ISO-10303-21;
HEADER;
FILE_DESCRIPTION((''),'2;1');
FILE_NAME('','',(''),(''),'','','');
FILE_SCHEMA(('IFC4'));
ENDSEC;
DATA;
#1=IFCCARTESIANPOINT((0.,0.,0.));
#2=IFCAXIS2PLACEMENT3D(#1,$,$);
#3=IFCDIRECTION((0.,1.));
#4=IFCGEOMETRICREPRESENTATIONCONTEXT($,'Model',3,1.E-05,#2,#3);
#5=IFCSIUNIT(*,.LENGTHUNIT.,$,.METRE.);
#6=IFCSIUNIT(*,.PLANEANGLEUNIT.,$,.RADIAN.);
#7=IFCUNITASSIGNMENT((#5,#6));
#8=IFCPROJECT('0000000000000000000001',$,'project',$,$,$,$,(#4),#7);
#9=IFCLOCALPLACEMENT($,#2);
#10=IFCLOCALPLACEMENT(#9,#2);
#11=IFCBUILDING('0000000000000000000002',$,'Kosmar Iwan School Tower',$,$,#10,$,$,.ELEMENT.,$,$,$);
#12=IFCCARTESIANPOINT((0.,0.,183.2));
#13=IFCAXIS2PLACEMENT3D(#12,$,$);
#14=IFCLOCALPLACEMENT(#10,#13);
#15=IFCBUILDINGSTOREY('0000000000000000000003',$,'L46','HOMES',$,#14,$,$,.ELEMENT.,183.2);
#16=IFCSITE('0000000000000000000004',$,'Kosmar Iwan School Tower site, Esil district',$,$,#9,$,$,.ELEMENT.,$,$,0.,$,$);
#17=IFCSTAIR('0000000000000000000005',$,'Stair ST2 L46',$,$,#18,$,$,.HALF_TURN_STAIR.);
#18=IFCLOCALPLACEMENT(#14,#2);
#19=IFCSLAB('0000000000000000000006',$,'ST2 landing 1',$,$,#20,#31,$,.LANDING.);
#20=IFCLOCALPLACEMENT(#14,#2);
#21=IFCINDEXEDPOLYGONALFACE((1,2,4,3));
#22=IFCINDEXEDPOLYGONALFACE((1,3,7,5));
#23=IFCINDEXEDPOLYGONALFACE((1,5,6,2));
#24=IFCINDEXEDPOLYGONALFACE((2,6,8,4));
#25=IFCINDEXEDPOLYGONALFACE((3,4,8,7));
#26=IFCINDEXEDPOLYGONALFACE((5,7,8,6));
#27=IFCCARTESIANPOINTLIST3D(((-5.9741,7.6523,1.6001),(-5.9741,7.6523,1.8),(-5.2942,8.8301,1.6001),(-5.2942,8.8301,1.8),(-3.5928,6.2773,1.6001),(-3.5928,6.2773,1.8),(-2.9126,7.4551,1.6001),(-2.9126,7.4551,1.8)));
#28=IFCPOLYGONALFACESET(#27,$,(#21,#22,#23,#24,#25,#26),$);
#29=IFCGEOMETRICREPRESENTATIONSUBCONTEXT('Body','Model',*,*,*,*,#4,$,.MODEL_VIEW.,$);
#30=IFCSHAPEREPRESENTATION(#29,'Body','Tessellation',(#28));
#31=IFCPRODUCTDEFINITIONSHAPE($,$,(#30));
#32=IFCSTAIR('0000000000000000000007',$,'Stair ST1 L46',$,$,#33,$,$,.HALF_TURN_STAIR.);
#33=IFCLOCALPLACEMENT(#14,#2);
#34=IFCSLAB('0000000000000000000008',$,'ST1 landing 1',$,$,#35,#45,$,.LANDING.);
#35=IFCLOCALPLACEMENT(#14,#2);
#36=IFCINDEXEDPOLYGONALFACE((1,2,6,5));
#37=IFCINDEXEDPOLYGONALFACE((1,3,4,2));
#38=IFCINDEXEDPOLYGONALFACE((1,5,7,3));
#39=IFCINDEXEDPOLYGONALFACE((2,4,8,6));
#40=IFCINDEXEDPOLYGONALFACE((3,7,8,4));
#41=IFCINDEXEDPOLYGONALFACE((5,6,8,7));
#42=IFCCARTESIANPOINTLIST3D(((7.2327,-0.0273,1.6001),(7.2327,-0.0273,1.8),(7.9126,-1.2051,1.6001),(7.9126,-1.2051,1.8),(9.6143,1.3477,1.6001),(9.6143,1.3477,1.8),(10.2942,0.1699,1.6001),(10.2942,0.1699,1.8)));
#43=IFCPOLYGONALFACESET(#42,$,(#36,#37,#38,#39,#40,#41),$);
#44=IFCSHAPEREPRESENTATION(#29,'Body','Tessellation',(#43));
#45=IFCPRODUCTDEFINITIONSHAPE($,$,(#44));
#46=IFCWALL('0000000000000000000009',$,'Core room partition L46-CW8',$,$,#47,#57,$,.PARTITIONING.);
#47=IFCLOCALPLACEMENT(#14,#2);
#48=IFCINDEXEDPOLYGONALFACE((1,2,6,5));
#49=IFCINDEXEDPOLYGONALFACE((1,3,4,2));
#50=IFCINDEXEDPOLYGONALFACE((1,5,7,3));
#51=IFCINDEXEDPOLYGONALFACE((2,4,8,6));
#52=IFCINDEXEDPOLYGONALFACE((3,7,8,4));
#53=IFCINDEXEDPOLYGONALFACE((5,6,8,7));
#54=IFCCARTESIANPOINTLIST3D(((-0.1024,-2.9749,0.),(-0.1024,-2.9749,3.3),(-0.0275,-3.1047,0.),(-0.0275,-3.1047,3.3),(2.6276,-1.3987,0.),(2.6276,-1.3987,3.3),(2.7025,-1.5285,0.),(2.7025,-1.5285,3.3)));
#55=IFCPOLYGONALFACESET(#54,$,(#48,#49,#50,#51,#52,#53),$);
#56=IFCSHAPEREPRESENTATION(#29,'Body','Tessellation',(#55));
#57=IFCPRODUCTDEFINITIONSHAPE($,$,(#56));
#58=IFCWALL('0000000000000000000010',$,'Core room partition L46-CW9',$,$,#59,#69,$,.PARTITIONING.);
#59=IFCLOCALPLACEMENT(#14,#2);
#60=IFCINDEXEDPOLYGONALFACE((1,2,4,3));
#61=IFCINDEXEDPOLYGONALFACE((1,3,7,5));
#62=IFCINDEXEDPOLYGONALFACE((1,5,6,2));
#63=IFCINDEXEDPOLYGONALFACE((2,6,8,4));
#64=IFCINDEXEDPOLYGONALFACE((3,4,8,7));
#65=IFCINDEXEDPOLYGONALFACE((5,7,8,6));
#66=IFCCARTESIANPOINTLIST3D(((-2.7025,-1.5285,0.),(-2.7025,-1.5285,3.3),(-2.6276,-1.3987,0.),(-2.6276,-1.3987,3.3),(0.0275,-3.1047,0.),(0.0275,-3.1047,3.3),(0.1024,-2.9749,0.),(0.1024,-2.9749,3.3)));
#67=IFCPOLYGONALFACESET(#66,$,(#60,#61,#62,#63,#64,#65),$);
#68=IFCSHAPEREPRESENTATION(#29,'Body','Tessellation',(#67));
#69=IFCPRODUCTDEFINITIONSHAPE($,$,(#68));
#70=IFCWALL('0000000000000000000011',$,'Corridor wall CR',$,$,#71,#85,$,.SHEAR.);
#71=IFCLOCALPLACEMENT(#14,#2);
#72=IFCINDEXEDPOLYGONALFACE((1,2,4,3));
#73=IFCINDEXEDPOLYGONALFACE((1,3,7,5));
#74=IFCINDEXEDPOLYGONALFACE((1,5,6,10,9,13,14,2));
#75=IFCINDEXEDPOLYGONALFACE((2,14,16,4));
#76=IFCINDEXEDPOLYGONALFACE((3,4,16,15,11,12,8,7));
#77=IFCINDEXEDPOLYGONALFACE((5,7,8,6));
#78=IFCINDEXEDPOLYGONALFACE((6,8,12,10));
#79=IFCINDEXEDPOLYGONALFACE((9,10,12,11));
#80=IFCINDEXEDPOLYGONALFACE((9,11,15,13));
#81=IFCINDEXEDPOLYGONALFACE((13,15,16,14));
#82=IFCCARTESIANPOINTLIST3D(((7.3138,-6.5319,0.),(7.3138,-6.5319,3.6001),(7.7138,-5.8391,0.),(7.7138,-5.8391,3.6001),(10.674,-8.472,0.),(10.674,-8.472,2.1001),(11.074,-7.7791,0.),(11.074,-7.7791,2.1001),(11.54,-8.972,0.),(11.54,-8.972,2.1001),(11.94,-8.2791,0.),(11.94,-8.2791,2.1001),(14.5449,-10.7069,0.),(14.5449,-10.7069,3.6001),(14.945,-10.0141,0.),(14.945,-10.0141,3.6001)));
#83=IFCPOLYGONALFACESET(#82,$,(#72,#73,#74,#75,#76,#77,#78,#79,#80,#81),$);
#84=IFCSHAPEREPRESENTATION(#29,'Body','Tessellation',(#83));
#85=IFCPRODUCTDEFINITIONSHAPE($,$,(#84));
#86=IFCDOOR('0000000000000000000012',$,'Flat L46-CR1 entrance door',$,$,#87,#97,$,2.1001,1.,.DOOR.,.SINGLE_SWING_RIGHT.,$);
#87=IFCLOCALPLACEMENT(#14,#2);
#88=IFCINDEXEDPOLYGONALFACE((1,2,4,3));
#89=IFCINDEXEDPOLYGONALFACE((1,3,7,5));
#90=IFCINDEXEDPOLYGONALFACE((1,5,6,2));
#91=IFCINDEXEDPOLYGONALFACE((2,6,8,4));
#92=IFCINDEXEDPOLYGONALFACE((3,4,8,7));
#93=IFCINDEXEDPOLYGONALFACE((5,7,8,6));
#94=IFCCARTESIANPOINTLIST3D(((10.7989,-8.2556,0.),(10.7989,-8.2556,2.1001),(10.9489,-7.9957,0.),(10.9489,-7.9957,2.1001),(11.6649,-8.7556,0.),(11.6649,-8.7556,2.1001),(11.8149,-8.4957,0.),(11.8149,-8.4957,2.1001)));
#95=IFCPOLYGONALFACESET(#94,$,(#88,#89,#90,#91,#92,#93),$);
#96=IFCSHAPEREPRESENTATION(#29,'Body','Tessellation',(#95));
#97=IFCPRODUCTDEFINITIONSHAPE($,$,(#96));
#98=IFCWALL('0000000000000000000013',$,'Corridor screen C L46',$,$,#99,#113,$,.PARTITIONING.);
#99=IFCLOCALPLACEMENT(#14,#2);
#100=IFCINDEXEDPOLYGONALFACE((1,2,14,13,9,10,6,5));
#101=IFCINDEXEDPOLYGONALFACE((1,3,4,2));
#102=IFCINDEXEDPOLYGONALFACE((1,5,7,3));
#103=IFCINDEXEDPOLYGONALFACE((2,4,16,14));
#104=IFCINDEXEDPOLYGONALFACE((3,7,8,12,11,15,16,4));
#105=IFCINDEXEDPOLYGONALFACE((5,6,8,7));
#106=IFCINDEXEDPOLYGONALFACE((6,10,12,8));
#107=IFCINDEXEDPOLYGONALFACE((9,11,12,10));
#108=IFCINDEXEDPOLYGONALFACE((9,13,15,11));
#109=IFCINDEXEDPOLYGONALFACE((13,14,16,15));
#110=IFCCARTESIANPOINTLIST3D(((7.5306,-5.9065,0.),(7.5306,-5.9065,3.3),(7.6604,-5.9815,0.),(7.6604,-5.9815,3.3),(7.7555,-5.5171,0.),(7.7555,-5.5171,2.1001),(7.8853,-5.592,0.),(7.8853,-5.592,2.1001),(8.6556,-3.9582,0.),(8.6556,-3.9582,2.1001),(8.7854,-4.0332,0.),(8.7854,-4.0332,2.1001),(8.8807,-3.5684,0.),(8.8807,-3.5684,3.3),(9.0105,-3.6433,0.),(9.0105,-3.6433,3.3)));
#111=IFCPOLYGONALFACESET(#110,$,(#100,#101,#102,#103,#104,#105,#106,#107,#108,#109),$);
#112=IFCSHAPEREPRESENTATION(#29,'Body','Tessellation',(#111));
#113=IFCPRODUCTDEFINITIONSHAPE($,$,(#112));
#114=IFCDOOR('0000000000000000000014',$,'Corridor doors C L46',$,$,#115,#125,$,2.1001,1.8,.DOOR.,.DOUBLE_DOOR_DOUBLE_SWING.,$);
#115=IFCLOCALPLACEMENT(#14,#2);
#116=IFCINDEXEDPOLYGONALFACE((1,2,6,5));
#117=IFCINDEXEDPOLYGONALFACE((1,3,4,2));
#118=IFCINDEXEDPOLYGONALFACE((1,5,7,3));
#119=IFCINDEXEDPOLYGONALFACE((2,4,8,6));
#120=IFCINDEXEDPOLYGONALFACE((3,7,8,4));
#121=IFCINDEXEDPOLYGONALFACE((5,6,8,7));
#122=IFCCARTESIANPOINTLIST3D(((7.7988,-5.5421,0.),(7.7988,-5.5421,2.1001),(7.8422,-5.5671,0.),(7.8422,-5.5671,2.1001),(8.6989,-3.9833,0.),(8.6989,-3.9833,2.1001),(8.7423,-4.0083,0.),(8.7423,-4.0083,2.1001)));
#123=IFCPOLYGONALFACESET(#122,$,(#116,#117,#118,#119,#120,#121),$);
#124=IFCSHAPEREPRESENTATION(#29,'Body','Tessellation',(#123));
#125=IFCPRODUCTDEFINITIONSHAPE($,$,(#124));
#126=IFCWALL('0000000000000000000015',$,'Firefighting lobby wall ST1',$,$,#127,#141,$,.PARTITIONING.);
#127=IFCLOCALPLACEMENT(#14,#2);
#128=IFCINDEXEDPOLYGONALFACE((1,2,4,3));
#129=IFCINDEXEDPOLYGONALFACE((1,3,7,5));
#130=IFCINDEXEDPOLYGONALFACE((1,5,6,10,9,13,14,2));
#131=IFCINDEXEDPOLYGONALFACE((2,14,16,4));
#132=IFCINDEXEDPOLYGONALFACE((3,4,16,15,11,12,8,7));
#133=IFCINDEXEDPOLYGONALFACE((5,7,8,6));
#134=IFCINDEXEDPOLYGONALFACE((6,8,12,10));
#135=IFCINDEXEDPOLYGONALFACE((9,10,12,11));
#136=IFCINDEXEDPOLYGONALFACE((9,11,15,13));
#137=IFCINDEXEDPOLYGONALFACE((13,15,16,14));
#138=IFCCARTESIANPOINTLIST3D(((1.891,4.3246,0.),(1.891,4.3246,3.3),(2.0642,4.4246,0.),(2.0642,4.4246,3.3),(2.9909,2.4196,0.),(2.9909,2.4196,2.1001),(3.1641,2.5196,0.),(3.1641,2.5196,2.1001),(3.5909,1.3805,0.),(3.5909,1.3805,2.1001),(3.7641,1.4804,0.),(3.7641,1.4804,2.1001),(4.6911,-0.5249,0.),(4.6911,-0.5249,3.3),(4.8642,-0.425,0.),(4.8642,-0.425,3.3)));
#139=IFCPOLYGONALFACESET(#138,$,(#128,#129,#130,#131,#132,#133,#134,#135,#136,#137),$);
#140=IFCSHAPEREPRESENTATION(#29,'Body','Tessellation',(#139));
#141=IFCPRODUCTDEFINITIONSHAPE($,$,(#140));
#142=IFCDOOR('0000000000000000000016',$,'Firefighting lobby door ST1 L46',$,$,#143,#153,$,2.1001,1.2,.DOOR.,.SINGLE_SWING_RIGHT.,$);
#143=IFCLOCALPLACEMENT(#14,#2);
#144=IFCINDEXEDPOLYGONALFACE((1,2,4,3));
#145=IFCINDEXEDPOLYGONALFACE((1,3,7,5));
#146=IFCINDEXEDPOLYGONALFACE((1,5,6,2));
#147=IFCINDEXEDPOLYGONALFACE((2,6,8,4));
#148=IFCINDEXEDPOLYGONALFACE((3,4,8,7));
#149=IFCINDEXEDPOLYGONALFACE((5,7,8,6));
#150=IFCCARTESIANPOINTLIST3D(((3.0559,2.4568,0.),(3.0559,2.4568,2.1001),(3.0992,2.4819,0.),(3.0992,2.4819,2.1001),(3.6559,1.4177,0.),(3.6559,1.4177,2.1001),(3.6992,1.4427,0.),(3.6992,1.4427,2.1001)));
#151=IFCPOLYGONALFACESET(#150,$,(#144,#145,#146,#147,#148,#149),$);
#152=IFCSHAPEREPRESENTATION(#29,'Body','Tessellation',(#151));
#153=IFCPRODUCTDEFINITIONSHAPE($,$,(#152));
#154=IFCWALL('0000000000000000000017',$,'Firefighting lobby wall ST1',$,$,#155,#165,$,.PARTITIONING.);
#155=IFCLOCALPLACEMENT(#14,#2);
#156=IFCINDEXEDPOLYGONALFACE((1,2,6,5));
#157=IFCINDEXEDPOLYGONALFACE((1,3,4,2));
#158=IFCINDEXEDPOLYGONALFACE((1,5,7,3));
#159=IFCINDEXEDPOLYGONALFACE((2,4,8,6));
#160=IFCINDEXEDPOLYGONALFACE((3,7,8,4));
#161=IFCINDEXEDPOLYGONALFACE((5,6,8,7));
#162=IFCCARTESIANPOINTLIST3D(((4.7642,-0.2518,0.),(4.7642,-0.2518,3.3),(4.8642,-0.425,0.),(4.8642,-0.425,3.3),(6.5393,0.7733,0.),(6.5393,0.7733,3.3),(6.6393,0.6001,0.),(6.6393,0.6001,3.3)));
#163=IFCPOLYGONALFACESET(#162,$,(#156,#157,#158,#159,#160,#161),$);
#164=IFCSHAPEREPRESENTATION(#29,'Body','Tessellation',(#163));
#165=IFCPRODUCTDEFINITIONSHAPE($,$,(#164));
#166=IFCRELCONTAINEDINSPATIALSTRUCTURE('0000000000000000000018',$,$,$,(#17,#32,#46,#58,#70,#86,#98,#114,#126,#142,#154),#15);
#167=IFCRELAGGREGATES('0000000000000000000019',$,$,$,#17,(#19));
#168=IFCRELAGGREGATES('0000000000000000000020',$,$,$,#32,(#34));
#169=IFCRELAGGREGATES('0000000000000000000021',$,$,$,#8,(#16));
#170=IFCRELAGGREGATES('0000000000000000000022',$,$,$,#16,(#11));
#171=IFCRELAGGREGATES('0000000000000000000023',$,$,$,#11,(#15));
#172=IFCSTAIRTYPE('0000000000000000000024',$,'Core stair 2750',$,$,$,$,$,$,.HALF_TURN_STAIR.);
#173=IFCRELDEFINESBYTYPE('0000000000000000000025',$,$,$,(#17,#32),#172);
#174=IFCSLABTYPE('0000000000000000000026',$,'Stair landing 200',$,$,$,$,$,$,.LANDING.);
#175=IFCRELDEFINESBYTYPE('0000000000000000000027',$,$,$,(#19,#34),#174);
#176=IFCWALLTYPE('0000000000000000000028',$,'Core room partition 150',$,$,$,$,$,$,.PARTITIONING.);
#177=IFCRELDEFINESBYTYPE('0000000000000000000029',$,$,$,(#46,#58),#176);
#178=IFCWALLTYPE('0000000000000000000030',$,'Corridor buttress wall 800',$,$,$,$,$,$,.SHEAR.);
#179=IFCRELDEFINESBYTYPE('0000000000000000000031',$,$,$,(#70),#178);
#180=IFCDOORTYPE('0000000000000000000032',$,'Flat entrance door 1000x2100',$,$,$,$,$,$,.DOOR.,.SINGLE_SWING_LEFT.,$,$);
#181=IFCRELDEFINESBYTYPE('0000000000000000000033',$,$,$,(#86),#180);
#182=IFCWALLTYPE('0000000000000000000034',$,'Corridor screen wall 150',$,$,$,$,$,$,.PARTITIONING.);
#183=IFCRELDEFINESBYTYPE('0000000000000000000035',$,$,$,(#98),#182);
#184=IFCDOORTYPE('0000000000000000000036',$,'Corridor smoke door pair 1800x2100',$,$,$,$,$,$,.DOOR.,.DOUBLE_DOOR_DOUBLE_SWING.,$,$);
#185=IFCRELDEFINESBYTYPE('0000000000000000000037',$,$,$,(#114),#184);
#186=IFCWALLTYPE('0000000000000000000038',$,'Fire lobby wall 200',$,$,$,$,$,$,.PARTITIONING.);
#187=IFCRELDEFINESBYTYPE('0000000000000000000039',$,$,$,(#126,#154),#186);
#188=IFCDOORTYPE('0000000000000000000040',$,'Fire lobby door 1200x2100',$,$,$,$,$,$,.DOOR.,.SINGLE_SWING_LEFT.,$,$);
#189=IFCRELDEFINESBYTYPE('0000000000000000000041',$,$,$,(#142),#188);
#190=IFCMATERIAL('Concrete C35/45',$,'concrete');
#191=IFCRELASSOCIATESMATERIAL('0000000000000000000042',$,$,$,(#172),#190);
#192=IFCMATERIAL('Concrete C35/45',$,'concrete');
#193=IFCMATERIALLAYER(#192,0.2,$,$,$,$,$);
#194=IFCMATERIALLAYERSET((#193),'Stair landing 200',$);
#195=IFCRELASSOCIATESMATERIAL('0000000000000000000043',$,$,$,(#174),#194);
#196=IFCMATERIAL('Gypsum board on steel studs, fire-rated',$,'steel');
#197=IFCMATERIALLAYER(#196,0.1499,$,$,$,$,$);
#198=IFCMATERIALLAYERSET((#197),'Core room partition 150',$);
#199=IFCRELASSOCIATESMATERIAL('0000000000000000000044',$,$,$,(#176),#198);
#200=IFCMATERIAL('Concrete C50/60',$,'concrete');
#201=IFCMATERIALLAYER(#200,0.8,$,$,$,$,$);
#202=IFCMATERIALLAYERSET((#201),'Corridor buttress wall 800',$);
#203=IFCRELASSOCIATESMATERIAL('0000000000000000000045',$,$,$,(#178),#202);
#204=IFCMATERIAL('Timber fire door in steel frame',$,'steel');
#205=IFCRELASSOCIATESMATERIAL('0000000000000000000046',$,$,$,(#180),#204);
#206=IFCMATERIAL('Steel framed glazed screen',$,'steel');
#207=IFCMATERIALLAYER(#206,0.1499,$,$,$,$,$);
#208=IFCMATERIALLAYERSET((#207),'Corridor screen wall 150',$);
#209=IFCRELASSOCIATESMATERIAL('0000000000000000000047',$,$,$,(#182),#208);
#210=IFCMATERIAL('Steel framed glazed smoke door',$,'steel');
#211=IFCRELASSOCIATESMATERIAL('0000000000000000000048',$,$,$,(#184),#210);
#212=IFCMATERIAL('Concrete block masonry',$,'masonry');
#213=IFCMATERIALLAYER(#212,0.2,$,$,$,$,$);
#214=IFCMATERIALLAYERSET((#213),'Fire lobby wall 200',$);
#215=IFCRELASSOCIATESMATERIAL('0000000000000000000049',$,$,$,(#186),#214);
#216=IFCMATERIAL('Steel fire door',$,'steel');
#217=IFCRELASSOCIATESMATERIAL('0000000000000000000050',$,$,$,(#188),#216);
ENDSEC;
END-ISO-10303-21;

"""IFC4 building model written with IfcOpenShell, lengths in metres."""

from ifc_helpers import new_model, si_unit, direction, frame, frame_2d, origin, place, context, subcontext, project, spatial, polyline, rectangle, outline, extrude, material, layer, layer_set, type_object, element, fill, aggregate, save


model = new_model("IFC4")

# Units and contexts
model_context = context("Model", 3, precision=1e-05, world=origin(), true_north=direction((0.0, 1.0)))
body_context = subcontext(model_context, "Body", "Model", "MODEL_VIEW")
ifc_project = project(units=[si_unit("LENGTHUNIT", "METRE"), si_unit("PLANEANGLEUNIT", "RADIAN")], contexts=[model_context])

# Site, building, storey
site_placement = place(None, origin())
site = spatial("IfcSite", under=ifc_project, at=site_placement, Name="Kosmar Iwan School Tower site, Esil district", CompositionType="ELEMENT", RefElevation=0.0)
building_placement = place(site_placement, origin())
building = spatial("IfcBuilding", under=site, at=building_placement, Name="Kosmar Iwan School Tower", CompositionType="ELEMENT")
storey_placement = place(building_placement, frame((0.0, 0.0, 183.2)))
storey = spatial("IfcBuildingStorey", under=building, at=storey_placement, Name="L46", Description="HOMES", CompositionType="ELEMENT", Elevation=183.2)

# Stairs, slabs
ifc_material_1 = material(Name="Concrete C35/45", Category="concrete")
stair_type = type_object("IfcStairType", Name="Core stair 2750", PredefinedType="HALF_TURN_STAIR", material=ifc_material_1)
stair_1_placement = place(storey_placement, origin())
stair_1 = element("IfcStair", 1, at=stair_1_placement, inside=storey, type_object=stair_type, Name="Stair ST2 L46", PredefinedType="HALF_TURN_STAIR")
ifc_material_2 = material(Name="Concrete C35/45", Category="concrete")
ifc_layer_1 = layer(ifc_material_2, 0.2)
ifc_layer_set_1 = layer_set([ifc_layer_1], Name="Stair landing 200")
slab_type = type_object("IfcSlabType", Name="Stair landing 200", PredefinedType="LANDING", material=ifc_layer_set_1)
slab_1_placement = place(storey_placement, frame((0.0, 0.0, 1.6001)))
slab_1 = element("IfcSlab", 2, at=slab_1_placement, type_object=slab_type, Name="ST2 landing 1", PredefinedType="LANDING", context=body_context, shape_type="SweptSolid", body=[
    extrude(outline(polyline([(-2.9126, 7.4551), (-5.2942, 8.8301), (-5.9741, 7.6523), (-3.5928, 6.2773), (-2.9126, 7.4551)])), origin(), (0.0, 0.0, 1.0), 0.2),
])
aggregate(stair_1, [slab_1])
stair_2_placement = place(storey_placement, origin())
stair_2 = element("IfcStair", 3, at=stair_2_placement, inside=storey, type_object=stair_type, Name="Stair ST1 L46", PredefinedType="HALF_TURN_STAIR")
slab_2_placement = place(storey_placement, frame((0.0, 0.0, 1.6001)))
slab_2 = element("IfcSlab", 4, at=slab_2_placement, type_object=slab_type, Name="ST1 landing 1", PredefinedType="LANDING", context=body_context, shape_type="SweptSolid", body=[
    extrude(outline(polyline([(7.9126, -1.2051), (10.2942, 0.1699), (9.6143, 1.3477), (7.2327, -0.0273), (7.9126, -1.2051)])), origin(), (0.0, 0.0, 1.0), 0.2),
])
aggregate(stair_2, [slab_2])

# Walls
ifc_material_3 = material(Name="Gypsum board on steel studs, fire-rated", Category="steel")
ifc_layer_2 = layer(ifc_material_3, 0.1499)
ifc_layer_set_2 = layer_set([ifc_layer_2], Name="Core room partition 150")
wall_type_1 = type_object("IfcWallType", Name="Core room partition 150", PredefinedType="PARTITIONING", material=ifc_layer_set_2)
for number, where, z_axis, x_axis, name in (
    (5, (2.665, -1.4636, 0.0), (0.0, 0.0, 1.0), (-0.866023, -0.500004, 0.0), "Core room partition L46-CW8"),
    (6, (0.0649, -3.0398, 0.0), (0.0, 0.0, 1.0), (-0.866023, 0.500004, 0.0), "Core room partition L46-CW9"),
):
    element("IfcWall", number, at=place(storey_placement, frame(where, z_axis=z_axis, x_axis=x_axis)), inside=storey, type_object=wall_type_1, Name=name, PredefinedType="PARTITIONING", context=body_context, shape_type="SweptSolid", body=[
        extrude(rectangle(XDim=3.1523, YDim=0.1499, at=frame_2d((1.5762, 0.0))), origin(), (0.0, 0.0, 1.0), 3.3),
    ])

# Walls, openings, doors
ifc_material_4 = material(Name="Concrete C50/60", Category="concrete")
ifc_layer_3 = layer(ifc_material_4, 0.8)
ifc_layer_set_3 = layer_set([ifc_layer_3], Name="Corridor buttress wall 800")
wall_type_2 = type_object("IfcWallType", Name="Corridor buttress wall 800", PredefinedType="SHEAR", material=ifc_layer_set_3)
wall_1_placement = place(storey_placement, frame((7.5139, -6.1855, 0.0), z_axis=(0.0, 0.0, 1.0), x_axis=(0.86602, -0.50001, 0.0)))
wall_1 = element("IfcWall", 7, at=wall_1_placement, inside=storey, type_object=wall_type_2, Name="Corridor wall CR", PredefinedType="SHEAR", context=body_context, shape_type="SweptSolid", body=[
    extrude(rectangle(XDim=8.3499, YDim=0.8, at=frame_2d((4.1748, 0.0))), origin(), (0.0, 0.0, 1.0), 3.6001),
])
opening_1_placement = place(wall_1_placement, frame((3.8799, 0.0, 0.0)))
opening_1 = element("IfcOpeningElement", 8, at=opening_1_placement, cuts=wall_1, PredefinedType="OPENING", context=body_context, shape_type="SweptSolid", body=[
    extrude(rectangle(XDim=1.0, YDim=2.1001, at=frame_2d((0.5, 1.05))), frame((0.0, 0.4121, 0.0), z_axis=(0.0, -1.0, 0.0), x_axis=(1.0, 0.0, 0.0)), (0.0, 0.0, 1.0), 0.824),
])
ifc_material_5 = material(Name="Timber fire door in steel frame", Category="steel")
door_type_1 = type_object("IfcDoorType", Name="Flat entrance door 1000x2100", OperationType="SINGLE_SWING_LEFT", PredefinedType="DOOR", material=ifc_material_5)
door_1_placement = place(opening_1_placement, origin())
door_1 = element("IfcDoor", 9, at=door_1_placement, inside=storey, type_object=door_type_1, Name="Flat L46-CR1 entrance door", OperationType="SINGLE_SWING_RIGHT", OverallHeight=2.1001, OverallWidth=1.0, PredefinedType="DOOR", context=body_context, shape_type="SweptSolid", body=[
    extrude(rectangle(XDim=1.0, YDim=2.1001, at=frame_2d((0.5, 1.05))), frame((0.0, 0.1499, 0.0), z_axis=(0.0, -1.0, 0.0), x_axis=(1.0, 0.0, 0.0)), (0.0, 0.0, 1.0), 0.3),
])
fill(opening_1, door_1)
ifc_material_6 = material(Name="Steel framed glazed screen", Category="steel")
ifc_layer_4 = layer(ifc_material_6, 0.1499)
ifc_layer_set_4 = layer_set([ifc_layer_4], Name="Corridor screen wall 150")
wall_type_3 = type_object("IfcWallType", Name="Corridor screen wall 150", PredefinedType="PARTITIONING", material=ifc_layer_set_4)
wall_2_placement = place(storey_placement, frame((7.5955, -5.9441, 0.0), z_axis=(0.0, 0.0, 1.0), x_axis=(0.500049, 0.865997, 0.0)))
wall_2 = element("IfcWall", 10, at=wall_2_placement, inside=storey, type_object=wall_type_3, Name="Corridor screen C L46", PredefinedType="PARTITIONING", context=body_context, shape_type="SweptSolid", body=[
    extrude(rectangle(XDim=2.7, YDim=0.1499, at=frame_2d((1.3501, 0.0))), origin(), (0.0, 0.0, 1.0), 3.3),
])
opening_2_placement = place(wall_2_placement, frame((0.45, 0.0, 0.0)))
opening_2 = element("IfcOpeningElement", 11, at=opening_2_placement, cuts=wall_2, PredefinedType="OPENING", context=body_context, shape_type="SweptSolid", body=[
    extrude(rectangle(XDim=1.8, YDim=2.1001, at=frame_2d((0.8999, 1.05))), frame((0.0, 0.0869, 0.0), z_axis=(0.0, -1.0, 0.0), x_axis=(1.0, 0.0, 0.0)), (0.0, 0.0, 1.0), 0.1738),
])
ifc_material_7 = material(Name="Steel framed glazed smoke door", Category="steel")
door_type_2 = type_object("IfcDoorType", Name="Corridor smoke door pair 1800x2100", OperationType="DOUBLE_DOOR_DOUBLE_SWING", PredefinedType="DOOR", material=ifc_material_7)
door_2_placement = place(opening_2_placement, origin())
door_2 = element("IfcDoor", 12, at=door_2_placement, inside=storey, type_object=door_type_2, Name="Corridor doors C L46", OperationType="DOUBLE_DOOR_DOUBLE_SWING", OverallHeight=2.1001, OverallWidth=1.8, PredefinedType="DOOR", context=body_context, shape_type="SweptSolid", body=[
    extrude(rectangle(XDim=1.8, YDim=2.1001, at=frame_2d((0.8999, 1.05))), frame((0.0, 0.0249, 0.0), z_axis=(0.0, -1.0, 0.0), x_axis=(1.0, 0.0, 0.0)), (0.0, 0.0, 1.0), 0.05),
])
fill(opening_2, door_2)
ifc_material_8 = material(Name="Concrete block masonry", Category="masonry")
ifc_layer_5 = layer(ifc_material_8, 0.2)
ifc_layer_set_5 = layer_set([ifc_layer_5], Name="Fire lobby wall 200")
wall_type_4 = type_object("IfcWallType", Name="Fire lobby wall 200", PredefinedType="PARTITIONING", material=ifc_layer_set_5)
wall_3_placement = place(storey_placement, frame((4.7776, -0.4749, 0.0), z_axis=(0.0, 0.0, 1.0), x_axis=(-0.500017, 0.866016, 0.0)))
wall_3 = element("IfcWall", 13, at=wall_3_placement, inside=storey, type_object=wall_type_4, Name="Firefighting lobby wall ST1", PredefinedType="PARTITIONING", context=body_context, shape_type="SweptSolid", body=[
    extrude(rectangle(XDim=5.5999, YDim=0.2, at=frame_2d((2.7998, 0.0))), origin(), (0.0, 0.0, 1.0), 3.3),
])
opening_3_placement = place(wall_3_placement, frame((2.2, 0.0, 0.0)))
opening_3 = element("IfcOpeningElement", 14, at=opening_3_placement, cuts=wall_3, PredefinedType="OPENING", context=body_context, shape_type="SweptSolid", body=[
    extrude(rectangle(XDim=1.2, YDim=2.1001, at=frame_2d((0.6001, 1.05))), frame((0.0, 0.1121, 0.0), z_axis=(0.0, -1.0, 0.0), x_axis=(1.0, 0.0, 0.0)), (0.0, 0.0, 1.0), 0.2239),
])
ifc_material_9 = material(Name="Steel fire door", Category="steel")
door_type_3 = type_object("IfcDoorType", Name="Fire lobby door 1200x2100", OperationType="SINGLE_SWING_LEFT", PredefinedType="DOOR", material=ifc_material_9)
door_3_placement = place(opening_3_placement, frame((1.2, 0.0, 0.0), z_axis=(0.0, 0.0, 1.0), x_axis=(-1.0, 0.0, 0.0)))
door_3 = element("IfcDoor", 15, at=door_3_placement, inside=storey, type_object=door_type_3, Name="Firefighting lobby door ST1 L46", OperationType="SINGLE_SWING_RIGHT", OverallHeight=2.1001, OverallWidth=1.2, PredefinedType="DOOR", context=body_context, shape_type="SweptSolid", body=[
    extrude(rectangle(XDim=1.2, YDim=2.1001, at=frame_2d((0.6001, 1.05))), frame((0.0, 0.0249, 0.0), z_axis=(0.0, -1.0, 0.0), x_axis=(1.0, 0.0, 0.0)), (0.0, 0.0, 1.0), 0.05),
])
fill(opening_3, door_3)

# Wall
wall_4_placement = place(storey_placement, frame((4.8142, -0.3384, 0.0), z_axis=(0.0, 0.0, 1.0), x_axis=(0.865969, 0.500097, 0.0)))
element("IfcWall", 16, at=wall_4_placement, inside=storey, type_object=wall_type_4, Name="Firefighting lobby wall ST1", PredefinedType="PARTITIONING", context=body_context, shape_type="SweptSolid", body=[
    extrude(rectangle(XDim=2.0498, YDim=0.2, at=frame_2d((1.0249, 0.0))), origin(), (0.0, 0.0, 1.0), 3.3),
])

save(model, "model.ifc")
